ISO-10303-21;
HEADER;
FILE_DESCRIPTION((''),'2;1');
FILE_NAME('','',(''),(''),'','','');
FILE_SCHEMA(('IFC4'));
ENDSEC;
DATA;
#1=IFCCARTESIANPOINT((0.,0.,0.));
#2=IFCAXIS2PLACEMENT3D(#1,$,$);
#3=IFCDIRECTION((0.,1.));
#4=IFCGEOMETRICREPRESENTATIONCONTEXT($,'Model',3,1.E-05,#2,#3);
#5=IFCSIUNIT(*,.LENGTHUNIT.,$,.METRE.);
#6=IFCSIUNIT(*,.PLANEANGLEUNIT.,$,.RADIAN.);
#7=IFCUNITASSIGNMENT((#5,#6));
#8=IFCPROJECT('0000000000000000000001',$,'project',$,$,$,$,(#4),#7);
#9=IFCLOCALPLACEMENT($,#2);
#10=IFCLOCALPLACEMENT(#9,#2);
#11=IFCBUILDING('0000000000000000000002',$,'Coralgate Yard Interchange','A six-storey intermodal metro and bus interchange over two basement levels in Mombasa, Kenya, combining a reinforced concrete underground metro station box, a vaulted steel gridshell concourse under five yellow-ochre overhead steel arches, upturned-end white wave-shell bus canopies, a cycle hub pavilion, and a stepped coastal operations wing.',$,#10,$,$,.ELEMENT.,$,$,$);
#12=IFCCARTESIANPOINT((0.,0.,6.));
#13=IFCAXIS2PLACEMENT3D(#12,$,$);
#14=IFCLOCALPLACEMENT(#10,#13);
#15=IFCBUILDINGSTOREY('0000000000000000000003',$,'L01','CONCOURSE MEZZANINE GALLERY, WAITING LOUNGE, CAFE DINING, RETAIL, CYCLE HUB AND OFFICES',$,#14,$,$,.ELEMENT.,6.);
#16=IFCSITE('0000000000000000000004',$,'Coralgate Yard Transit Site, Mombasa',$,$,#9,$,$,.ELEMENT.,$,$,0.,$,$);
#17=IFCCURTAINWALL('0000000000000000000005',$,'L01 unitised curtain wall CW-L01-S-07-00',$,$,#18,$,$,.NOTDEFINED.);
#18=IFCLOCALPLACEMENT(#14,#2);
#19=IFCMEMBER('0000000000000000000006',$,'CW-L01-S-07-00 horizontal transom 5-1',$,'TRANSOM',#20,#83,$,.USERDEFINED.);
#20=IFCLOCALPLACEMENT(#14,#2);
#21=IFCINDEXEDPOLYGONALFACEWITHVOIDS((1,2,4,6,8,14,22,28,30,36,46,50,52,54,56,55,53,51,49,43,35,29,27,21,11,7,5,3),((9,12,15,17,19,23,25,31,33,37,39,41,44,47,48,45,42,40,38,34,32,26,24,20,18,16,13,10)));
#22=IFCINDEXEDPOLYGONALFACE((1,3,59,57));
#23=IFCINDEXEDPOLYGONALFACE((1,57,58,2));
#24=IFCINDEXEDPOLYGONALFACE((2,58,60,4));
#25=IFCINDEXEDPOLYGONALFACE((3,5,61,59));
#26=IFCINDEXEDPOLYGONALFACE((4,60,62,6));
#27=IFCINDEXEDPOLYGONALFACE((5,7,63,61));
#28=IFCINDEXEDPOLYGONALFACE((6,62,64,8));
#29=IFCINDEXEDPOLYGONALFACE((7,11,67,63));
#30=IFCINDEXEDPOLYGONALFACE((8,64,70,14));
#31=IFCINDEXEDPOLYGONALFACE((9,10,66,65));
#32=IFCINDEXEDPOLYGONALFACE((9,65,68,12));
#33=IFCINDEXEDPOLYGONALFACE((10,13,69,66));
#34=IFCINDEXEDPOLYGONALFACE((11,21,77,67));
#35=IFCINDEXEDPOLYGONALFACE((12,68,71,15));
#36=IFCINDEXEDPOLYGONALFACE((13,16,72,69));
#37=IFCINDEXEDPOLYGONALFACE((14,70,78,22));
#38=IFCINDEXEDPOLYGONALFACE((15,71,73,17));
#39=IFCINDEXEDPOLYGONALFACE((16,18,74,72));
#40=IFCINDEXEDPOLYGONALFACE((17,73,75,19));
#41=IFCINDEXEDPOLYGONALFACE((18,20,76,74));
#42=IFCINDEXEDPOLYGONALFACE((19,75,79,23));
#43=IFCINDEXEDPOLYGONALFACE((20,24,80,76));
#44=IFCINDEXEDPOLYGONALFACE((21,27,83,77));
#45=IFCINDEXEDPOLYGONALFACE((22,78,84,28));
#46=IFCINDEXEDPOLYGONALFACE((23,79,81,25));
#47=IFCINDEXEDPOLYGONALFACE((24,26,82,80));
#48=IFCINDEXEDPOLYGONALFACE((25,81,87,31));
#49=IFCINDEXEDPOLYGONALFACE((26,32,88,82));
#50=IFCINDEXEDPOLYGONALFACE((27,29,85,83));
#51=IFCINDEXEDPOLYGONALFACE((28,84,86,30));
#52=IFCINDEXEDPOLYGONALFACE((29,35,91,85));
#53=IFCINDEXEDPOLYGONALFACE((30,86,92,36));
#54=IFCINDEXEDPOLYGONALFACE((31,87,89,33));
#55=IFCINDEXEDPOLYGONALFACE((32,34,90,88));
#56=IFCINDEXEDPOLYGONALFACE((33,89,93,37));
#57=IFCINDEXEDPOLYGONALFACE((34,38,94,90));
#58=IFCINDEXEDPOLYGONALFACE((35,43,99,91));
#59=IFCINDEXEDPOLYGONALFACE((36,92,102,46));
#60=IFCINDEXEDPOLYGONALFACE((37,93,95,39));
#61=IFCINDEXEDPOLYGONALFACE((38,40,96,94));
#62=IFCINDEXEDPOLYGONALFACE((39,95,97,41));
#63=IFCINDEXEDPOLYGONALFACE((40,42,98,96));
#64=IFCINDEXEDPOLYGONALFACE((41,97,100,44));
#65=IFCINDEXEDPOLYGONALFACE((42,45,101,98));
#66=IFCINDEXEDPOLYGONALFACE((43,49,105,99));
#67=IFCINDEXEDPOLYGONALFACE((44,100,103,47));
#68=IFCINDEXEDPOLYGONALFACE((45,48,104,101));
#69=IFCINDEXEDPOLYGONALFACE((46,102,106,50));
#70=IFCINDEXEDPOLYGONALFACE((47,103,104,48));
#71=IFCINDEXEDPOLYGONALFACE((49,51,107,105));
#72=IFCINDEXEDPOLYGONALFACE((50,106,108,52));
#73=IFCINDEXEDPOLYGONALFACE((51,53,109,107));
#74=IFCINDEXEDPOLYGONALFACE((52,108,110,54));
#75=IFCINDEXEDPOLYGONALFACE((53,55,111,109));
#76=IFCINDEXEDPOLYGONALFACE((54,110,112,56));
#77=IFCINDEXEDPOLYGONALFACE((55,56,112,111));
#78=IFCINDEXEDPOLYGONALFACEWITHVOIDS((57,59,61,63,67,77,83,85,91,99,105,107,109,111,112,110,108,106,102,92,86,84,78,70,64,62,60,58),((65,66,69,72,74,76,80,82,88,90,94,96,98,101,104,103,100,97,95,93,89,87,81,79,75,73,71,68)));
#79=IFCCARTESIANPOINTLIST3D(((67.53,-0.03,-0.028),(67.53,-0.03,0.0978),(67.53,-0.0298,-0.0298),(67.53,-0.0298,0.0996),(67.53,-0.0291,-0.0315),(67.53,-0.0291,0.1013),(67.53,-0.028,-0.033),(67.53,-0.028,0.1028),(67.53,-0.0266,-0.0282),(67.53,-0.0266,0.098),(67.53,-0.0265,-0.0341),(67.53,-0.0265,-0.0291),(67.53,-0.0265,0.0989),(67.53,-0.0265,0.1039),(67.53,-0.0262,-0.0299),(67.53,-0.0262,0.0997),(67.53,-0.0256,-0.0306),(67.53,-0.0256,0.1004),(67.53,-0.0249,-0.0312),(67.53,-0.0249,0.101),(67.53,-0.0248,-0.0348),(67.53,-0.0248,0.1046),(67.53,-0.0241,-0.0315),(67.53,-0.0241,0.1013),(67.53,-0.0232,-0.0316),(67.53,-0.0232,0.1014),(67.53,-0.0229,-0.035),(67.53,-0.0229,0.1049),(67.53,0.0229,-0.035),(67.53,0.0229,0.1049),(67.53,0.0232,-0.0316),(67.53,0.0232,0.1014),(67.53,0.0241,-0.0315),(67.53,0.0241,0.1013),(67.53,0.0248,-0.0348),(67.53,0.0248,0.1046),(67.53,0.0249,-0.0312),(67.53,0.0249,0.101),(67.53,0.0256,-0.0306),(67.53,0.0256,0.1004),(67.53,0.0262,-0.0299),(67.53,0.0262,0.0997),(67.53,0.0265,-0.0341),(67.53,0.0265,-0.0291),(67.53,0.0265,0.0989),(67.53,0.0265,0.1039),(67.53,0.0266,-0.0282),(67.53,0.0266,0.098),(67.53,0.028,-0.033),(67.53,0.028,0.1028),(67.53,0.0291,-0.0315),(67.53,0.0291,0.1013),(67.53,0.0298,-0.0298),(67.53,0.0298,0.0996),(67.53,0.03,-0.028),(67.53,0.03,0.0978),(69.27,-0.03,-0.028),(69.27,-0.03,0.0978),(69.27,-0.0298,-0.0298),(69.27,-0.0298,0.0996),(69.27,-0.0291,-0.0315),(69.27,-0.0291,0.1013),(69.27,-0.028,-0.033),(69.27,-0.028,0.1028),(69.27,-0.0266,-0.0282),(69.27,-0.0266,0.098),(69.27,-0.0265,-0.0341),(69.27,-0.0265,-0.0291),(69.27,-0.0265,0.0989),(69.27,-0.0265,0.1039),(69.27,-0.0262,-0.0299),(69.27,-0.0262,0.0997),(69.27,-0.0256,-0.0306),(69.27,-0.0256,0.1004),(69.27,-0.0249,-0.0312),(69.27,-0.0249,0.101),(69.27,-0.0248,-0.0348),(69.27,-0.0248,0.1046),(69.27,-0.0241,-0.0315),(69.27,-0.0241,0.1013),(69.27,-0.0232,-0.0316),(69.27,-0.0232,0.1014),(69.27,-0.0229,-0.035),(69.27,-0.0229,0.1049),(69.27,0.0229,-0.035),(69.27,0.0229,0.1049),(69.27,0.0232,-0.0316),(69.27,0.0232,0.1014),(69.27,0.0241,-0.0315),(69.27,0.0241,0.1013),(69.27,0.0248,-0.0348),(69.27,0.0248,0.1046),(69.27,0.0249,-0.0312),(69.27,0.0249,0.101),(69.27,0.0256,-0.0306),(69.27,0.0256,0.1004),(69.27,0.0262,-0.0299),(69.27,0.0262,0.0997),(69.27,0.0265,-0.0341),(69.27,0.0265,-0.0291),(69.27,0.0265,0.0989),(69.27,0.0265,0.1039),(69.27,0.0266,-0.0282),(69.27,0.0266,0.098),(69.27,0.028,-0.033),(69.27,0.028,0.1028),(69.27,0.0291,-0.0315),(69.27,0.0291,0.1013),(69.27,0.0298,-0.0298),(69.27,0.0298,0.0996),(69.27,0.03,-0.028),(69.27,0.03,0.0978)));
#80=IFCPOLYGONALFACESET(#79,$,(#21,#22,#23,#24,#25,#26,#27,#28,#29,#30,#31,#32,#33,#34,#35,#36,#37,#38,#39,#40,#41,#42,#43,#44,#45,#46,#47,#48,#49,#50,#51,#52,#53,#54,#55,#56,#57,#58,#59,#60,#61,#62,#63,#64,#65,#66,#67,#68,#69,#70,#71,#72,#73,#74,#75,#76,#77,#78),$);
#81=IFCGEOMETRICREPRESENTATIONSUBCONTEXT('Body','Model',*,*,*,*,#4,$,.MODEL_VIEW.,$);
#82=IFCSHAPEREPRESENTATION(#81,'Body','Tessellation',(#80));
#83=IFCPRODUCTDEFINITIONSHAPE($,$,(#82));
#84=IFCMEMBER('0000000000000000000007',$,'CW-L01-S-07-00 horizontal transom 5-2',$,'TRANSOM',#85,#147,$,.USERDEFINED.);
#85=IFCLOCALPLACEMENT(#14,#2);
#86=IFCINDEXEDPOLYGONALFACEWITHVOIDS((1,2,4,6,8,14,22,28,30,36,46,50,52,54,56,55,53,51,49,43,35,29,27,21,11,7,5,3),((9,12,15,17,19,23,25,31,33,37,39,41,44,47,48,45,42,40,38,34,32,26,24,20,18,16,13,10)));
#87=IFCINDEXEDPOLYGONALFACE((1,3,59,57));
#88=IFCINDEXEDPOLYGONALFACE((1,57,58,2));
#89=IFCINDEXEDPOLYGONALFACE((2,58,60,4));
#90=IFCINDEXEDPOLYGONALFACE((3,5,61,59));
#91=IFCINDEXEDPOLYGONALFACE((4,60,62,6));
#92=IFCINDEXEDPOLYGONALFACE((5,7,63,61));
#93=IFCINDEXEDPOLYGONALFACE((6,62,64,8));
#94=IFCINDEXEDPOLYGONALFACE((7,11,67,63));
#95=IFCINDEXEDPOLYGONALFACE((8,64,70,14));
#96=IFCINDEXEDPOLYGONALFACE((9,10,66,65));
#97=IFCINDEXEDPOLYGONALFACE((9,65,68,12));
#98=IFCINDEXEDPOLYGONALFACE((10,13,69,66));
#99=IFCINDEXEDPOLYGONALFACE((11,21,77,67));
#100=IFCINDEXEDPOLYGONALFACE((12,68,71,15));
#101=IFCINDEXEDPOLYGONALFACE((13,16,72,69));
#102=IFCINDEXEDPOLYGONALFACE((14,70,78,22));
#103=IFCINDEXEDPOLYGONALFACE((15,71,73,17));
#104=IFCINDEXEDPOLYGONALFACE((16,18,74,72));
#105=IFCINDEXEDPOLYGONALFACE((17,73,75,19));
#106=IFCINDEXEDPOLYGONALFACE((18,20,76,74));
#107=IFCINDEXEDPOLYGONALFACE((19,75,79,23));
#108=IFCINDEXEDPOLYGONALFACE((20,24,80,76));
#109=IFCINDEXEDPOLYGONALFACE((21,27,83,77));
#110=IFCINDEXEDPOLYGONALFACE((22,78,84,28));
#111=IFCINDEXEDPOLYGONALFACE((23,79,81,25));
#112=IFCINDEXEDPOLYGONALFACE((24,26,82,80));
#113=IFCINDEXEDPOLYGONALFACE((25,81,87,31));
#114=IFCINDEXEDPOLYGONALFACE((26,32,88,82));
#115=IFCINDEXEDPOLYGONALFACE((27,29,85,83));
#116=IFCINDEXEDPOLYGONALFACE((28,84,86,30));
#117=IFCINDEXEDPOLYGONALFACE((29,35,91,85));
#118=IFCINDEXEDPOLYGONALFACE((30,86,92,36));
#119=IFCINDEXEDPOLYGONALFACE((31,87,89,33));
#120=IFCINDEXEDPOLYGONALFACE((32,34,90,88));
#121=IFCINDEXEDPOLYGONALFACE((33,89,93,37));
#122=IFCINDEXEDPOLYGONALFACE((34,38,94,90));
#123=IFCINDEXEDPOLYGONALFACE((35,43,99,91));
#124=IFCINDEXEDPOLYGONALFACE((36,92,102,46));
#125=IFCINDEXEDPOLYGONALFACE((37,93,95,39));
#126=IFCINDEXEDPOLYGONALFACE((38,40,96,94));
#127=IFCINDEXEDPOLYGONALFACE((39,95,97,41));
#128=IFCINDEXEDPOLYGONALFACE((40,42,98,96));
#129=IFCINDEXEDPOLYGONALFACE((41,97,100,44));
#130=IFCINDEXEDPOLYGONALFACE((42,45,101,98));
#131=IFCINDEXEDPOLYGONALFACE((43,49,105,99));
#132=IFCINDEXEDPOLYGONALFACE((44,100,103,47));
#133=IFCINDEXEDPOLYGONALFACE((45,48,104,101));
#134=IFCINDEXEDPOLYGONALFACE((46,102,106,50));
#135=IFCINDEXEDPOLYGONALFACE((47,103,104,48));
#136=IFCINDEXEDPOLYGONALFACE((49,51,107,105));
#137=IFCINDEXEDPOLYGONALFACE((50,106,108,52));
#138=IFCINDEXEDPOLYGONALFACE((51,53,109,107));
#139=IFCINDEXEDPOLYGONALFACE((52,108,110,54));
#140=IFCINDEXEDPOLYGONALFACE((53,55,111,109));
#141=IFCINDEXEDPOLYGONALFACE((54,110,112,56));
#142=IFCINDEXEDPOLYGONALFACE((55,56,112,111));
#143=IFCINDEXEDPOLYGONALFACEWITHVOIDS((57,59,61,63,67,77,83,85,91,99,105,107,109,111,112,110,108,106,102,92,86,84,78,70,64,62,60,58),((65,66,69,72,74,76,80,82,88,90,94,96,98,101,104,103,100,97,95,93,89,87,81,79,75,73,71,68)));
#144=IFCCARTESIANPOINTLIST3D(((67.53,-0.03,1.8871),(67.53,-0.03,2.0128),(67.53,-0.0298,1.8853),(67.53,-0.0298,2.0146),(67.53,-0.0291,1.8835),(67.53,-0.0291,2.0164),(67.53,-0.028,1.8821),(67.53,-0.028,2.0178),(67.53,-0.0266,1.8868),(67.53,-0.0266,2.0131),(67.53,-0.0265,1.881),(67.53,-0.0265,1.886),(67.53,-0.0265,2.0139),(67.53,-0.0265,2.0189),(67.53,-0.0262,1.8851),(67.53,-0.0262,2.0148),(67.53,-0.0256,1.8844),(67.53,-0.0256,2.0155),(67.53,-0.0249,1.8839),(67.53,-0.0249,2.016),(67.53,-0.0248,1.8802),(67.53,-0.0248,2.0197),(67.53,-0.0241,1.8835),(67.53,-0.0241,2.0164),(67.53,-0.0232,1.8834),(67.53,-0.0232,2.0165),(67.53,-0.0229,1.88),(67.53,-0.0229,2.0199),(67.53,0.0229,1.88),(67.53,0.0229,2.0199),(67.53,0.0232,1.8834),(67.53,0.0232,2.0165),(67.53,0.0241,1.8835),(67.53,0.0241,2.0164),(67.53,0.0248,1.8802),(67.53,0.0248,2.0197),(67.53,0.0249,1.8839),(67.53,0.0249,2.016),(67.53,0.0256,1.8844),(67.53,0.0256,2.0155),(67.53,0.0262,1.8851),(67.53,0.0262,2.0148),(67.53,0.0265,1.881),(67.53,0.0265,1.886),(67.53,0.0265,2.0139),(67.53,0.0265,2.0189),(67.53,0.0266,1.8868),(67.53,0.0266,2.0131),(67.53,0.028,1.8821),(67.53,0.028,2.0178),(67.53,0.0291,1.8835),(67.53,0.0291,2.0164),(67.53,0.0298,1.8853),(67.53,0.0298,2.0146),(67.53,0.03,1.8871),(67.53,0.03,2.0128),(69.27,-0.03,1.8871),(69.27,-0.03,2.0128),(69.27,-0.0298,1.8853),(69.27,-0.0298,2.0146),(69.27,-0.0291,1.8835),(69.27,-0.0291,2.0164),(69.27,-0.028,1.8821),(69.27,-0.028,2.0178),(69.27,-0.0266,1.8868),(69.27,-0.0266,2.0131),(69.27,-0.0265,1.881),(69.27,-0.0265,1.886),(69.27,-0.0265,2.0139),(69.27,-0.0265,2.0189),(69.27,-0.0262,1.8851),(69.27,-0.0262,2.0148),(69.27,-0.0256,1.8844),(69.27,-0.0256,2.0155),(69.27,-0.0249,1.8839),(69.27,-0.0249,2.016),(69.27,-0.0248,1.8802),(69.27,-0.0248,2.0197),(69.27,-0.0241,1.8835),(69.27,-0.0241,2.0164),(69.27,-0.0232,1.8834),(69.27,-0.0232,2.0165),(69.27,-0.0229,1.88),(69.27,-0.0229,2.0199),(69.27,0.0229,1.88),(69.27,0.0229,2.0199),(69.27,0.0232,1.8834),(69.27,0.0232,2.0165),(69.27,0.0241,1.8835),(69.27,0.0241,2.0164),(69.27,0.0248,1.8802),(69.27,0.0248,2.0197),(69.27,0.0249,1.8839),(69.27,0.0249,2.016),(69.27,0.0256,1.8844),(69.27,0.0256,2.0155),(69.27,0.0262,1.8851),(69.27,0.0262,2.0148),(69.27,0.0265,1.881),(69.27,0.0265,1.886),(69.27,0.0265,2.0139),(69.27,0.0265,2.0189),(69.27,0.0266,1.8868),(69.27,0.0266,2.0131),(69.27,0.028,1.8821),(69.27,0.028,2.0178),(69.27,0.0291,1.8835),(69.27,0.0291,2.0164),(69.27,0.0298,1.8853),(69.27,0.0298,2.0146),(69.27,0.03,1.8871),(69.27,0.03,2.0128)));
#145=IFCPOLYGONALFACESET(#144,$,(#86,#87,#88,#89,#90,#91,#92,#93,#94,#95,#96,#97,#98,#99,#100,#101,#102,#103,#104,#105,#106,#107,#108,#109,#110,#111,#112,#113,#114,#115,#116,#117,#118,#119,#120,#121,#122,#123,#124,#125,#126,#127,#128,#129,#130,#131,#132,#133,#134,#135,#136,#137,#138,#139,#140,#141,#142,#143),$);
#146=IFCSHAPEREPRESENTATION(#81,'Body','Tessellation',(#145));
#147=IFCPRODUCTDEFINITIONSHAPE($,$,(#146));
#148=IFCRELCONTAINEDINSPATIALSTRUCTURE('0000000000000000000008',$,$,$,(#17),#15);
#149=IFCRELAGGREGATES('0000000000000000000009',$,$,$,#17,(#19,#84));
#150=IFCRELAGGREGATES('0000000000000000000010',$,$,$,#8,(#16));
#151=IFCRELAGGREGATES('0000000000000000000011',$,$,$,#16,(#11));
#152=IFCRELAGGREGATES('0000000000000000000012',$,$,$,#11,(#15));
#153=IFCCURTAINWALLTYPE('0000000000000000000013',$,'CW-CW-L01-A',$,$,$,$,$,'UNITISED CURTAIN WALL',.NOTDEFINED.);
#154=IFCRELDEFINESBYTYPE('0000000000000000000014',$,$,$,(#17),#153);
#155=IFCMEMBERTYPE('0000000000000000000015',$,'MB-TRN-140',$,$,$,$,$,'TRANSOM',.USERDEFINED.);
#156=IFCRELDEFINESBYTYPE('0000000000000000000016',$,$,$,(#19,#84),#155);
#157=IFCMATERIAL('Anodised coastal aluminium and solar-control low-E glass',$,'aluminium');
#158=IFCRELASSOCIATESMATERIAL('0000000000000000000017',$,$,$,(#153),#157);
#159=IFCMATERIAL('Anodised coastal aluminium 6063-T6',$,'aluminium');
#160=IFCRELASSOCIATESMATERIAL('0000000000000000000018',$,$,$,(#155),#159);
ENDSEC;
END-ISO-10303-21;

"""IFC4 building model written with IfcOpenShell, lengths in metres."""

from ifc_helpers import new_model, si_unit, direction, frame, origin, origin_2d, place, context, subcontext, project, spatial, hollow_rectangle, extrude, material, material_profile, profile_set, type_object, element, aggregate, save


model = new_model("IFC4")

# Units and contexts
model_context = context("Model", 3, precision=1e-05, world=origin(), true_north=direction((0.0, 1.0)))
body_context = subcontext(model_context, "Body", "Model", "MODEL_VIEW")
ifc_project = project(units=[si_unit("LENGTHUNIT", "METRE"), si_unit("PLANEANGLEUNIT", "RADIAN")], contexts=[model_context])

# Site, building, storey
site_placement = place(None, origin())
site = spatial("IfcSite", under=ifc_project, at=site_placement, Name="Coralgate Yard Transit Site, Mombasa", CompositionType="ELEMENT", RefElevation=0.0)
building_placement = place(site_placement, origin())
building = spatial("IfcBuilding", under=site, at=building_placement, Name="Coralgate Yard Interchange", Description="A six-storey intermodal metro and bus interchange over two basement levels in Mombasa, Kenya, combining a reinforced concrete underground metro station box, a vaulted steel gridshell concourse under five yellow-ochre overhead steel arches, upturned-end white wave-shell bus canopies, a cycle hub pavilion, and a stepped coastal operations wing.", CompositionType="ELEMENT")
storey_placement = place(building_placement, frame((0.0, 0.0, 6.0)))
storey = spatial("IfcBuildingStorey", under=building, at=storey_placement, Name="L01", Description="CONCOURSE MEZZANINE GALLERY, WAITING LOUNGE, CAFE DINING, RETAIL, CYCLE HUB AND OFFICES", CompositionType="ELEMENT", Elevation=6.0)

# Shared definitions
ifc_material_1 = material(Name="Anodised coastal aluminium and solar-control low-E glass", Category="aluminium")
curtain_wall_type = type_object("IfcCurtainWallType", Name="CW-CW-L01-A", ElementType="UNITISED CURTAIN WALL", PredefinedType="NOTDEFINED", material=ifc_material_1)
ifc_material_2 = material(Name="Anodised coastal aluminium 6063-T6", Category="aluminium")

# Curtain wall
curtain_wall_1_placement = place(storey_placement, origin())
curtain_wall_1 = element("IfcCurtainWall", 1, at=curtain_wall_1_placement, inside=storey, type_object=curtain_wall_type, Name="L01 unitised curtain wall CW-L01-S-07-00", PredefinedType="NOTDEFINED")

# Members
ifc_material_profile_1 = material_profile(ifc_material_2, hollow_rectangle(XDim=0.0601, YDim=0.1399, WallThickness=0.0034, InnerFilletRadius=0.0034, OuterFilletRadius=0.0071, at=origin_2d()), Name="ALU 60x140x3.5")
ifc_profile_set_1 = profile_set([ifc_material_profile_1], Name="Anodised coastal aluminium 6063-T6")
member_type_1 = type_object("IfcMemberType", Name="MB-TRN-140", ElementType="TRANSOM", PredefinedType="USERDEFINED", material=ifc_profile_set_1)
member_1_placement = place(storey_placement, frame((69.27, 0.0, 0.0349), z_axis=(-1.0, 0.0, 0.0), x_axis=(0.0, -1.0, 0.0)))
member_1 = element("IfcMember", 2, at=member_1_placement, type_object=member_type_1, Name="CW-L01-S-07-00 horizontal transom 5-1", ObjectType="TRANSOM", PredefinedType="USERDEFINED", context=body_context, shape_type="SweptSolid", body=[
    extrude(hollow_rectangle(XDim=0.0601, YDim=0.1399, WallThickness=0.0034, InnerFilletRadius=0.0034, OuterFilletRadius=0.0071, at=origin_2d()), origin(), (0.0, 0.0, 1.0), 1.74),
])
member_2_placement = place(storey_placement, frame((69.27, 0.0, 1.95), z_axis=(-1.0, 0.0, 0.0), x_axis=(0.0, -1.0, 0.0)))
member_2 = element("IfcMember", 3, at=member_2_placement, type_object=member_type_1, Name="CW-L01-S-07-00 horizontal transom 5-2", ObjectType="TRANSOM", PredefinedType="USERDEFINED", context=body_context, shape_type="SweptSolid", body=[
    extrude(hollow_rectangle(XDim=0.0601, YDim=0.1399, WallThickness=0.0034, InnerFilletRadius=0.0034, OuterFilletRadius=0.0071, at=origin_2d()), origin(), (0.0, 0.0, 1.0), 1.74),
])

aggregate(curtain_wall_1, [member_1, member_2])

save(model, "model.ifc")
